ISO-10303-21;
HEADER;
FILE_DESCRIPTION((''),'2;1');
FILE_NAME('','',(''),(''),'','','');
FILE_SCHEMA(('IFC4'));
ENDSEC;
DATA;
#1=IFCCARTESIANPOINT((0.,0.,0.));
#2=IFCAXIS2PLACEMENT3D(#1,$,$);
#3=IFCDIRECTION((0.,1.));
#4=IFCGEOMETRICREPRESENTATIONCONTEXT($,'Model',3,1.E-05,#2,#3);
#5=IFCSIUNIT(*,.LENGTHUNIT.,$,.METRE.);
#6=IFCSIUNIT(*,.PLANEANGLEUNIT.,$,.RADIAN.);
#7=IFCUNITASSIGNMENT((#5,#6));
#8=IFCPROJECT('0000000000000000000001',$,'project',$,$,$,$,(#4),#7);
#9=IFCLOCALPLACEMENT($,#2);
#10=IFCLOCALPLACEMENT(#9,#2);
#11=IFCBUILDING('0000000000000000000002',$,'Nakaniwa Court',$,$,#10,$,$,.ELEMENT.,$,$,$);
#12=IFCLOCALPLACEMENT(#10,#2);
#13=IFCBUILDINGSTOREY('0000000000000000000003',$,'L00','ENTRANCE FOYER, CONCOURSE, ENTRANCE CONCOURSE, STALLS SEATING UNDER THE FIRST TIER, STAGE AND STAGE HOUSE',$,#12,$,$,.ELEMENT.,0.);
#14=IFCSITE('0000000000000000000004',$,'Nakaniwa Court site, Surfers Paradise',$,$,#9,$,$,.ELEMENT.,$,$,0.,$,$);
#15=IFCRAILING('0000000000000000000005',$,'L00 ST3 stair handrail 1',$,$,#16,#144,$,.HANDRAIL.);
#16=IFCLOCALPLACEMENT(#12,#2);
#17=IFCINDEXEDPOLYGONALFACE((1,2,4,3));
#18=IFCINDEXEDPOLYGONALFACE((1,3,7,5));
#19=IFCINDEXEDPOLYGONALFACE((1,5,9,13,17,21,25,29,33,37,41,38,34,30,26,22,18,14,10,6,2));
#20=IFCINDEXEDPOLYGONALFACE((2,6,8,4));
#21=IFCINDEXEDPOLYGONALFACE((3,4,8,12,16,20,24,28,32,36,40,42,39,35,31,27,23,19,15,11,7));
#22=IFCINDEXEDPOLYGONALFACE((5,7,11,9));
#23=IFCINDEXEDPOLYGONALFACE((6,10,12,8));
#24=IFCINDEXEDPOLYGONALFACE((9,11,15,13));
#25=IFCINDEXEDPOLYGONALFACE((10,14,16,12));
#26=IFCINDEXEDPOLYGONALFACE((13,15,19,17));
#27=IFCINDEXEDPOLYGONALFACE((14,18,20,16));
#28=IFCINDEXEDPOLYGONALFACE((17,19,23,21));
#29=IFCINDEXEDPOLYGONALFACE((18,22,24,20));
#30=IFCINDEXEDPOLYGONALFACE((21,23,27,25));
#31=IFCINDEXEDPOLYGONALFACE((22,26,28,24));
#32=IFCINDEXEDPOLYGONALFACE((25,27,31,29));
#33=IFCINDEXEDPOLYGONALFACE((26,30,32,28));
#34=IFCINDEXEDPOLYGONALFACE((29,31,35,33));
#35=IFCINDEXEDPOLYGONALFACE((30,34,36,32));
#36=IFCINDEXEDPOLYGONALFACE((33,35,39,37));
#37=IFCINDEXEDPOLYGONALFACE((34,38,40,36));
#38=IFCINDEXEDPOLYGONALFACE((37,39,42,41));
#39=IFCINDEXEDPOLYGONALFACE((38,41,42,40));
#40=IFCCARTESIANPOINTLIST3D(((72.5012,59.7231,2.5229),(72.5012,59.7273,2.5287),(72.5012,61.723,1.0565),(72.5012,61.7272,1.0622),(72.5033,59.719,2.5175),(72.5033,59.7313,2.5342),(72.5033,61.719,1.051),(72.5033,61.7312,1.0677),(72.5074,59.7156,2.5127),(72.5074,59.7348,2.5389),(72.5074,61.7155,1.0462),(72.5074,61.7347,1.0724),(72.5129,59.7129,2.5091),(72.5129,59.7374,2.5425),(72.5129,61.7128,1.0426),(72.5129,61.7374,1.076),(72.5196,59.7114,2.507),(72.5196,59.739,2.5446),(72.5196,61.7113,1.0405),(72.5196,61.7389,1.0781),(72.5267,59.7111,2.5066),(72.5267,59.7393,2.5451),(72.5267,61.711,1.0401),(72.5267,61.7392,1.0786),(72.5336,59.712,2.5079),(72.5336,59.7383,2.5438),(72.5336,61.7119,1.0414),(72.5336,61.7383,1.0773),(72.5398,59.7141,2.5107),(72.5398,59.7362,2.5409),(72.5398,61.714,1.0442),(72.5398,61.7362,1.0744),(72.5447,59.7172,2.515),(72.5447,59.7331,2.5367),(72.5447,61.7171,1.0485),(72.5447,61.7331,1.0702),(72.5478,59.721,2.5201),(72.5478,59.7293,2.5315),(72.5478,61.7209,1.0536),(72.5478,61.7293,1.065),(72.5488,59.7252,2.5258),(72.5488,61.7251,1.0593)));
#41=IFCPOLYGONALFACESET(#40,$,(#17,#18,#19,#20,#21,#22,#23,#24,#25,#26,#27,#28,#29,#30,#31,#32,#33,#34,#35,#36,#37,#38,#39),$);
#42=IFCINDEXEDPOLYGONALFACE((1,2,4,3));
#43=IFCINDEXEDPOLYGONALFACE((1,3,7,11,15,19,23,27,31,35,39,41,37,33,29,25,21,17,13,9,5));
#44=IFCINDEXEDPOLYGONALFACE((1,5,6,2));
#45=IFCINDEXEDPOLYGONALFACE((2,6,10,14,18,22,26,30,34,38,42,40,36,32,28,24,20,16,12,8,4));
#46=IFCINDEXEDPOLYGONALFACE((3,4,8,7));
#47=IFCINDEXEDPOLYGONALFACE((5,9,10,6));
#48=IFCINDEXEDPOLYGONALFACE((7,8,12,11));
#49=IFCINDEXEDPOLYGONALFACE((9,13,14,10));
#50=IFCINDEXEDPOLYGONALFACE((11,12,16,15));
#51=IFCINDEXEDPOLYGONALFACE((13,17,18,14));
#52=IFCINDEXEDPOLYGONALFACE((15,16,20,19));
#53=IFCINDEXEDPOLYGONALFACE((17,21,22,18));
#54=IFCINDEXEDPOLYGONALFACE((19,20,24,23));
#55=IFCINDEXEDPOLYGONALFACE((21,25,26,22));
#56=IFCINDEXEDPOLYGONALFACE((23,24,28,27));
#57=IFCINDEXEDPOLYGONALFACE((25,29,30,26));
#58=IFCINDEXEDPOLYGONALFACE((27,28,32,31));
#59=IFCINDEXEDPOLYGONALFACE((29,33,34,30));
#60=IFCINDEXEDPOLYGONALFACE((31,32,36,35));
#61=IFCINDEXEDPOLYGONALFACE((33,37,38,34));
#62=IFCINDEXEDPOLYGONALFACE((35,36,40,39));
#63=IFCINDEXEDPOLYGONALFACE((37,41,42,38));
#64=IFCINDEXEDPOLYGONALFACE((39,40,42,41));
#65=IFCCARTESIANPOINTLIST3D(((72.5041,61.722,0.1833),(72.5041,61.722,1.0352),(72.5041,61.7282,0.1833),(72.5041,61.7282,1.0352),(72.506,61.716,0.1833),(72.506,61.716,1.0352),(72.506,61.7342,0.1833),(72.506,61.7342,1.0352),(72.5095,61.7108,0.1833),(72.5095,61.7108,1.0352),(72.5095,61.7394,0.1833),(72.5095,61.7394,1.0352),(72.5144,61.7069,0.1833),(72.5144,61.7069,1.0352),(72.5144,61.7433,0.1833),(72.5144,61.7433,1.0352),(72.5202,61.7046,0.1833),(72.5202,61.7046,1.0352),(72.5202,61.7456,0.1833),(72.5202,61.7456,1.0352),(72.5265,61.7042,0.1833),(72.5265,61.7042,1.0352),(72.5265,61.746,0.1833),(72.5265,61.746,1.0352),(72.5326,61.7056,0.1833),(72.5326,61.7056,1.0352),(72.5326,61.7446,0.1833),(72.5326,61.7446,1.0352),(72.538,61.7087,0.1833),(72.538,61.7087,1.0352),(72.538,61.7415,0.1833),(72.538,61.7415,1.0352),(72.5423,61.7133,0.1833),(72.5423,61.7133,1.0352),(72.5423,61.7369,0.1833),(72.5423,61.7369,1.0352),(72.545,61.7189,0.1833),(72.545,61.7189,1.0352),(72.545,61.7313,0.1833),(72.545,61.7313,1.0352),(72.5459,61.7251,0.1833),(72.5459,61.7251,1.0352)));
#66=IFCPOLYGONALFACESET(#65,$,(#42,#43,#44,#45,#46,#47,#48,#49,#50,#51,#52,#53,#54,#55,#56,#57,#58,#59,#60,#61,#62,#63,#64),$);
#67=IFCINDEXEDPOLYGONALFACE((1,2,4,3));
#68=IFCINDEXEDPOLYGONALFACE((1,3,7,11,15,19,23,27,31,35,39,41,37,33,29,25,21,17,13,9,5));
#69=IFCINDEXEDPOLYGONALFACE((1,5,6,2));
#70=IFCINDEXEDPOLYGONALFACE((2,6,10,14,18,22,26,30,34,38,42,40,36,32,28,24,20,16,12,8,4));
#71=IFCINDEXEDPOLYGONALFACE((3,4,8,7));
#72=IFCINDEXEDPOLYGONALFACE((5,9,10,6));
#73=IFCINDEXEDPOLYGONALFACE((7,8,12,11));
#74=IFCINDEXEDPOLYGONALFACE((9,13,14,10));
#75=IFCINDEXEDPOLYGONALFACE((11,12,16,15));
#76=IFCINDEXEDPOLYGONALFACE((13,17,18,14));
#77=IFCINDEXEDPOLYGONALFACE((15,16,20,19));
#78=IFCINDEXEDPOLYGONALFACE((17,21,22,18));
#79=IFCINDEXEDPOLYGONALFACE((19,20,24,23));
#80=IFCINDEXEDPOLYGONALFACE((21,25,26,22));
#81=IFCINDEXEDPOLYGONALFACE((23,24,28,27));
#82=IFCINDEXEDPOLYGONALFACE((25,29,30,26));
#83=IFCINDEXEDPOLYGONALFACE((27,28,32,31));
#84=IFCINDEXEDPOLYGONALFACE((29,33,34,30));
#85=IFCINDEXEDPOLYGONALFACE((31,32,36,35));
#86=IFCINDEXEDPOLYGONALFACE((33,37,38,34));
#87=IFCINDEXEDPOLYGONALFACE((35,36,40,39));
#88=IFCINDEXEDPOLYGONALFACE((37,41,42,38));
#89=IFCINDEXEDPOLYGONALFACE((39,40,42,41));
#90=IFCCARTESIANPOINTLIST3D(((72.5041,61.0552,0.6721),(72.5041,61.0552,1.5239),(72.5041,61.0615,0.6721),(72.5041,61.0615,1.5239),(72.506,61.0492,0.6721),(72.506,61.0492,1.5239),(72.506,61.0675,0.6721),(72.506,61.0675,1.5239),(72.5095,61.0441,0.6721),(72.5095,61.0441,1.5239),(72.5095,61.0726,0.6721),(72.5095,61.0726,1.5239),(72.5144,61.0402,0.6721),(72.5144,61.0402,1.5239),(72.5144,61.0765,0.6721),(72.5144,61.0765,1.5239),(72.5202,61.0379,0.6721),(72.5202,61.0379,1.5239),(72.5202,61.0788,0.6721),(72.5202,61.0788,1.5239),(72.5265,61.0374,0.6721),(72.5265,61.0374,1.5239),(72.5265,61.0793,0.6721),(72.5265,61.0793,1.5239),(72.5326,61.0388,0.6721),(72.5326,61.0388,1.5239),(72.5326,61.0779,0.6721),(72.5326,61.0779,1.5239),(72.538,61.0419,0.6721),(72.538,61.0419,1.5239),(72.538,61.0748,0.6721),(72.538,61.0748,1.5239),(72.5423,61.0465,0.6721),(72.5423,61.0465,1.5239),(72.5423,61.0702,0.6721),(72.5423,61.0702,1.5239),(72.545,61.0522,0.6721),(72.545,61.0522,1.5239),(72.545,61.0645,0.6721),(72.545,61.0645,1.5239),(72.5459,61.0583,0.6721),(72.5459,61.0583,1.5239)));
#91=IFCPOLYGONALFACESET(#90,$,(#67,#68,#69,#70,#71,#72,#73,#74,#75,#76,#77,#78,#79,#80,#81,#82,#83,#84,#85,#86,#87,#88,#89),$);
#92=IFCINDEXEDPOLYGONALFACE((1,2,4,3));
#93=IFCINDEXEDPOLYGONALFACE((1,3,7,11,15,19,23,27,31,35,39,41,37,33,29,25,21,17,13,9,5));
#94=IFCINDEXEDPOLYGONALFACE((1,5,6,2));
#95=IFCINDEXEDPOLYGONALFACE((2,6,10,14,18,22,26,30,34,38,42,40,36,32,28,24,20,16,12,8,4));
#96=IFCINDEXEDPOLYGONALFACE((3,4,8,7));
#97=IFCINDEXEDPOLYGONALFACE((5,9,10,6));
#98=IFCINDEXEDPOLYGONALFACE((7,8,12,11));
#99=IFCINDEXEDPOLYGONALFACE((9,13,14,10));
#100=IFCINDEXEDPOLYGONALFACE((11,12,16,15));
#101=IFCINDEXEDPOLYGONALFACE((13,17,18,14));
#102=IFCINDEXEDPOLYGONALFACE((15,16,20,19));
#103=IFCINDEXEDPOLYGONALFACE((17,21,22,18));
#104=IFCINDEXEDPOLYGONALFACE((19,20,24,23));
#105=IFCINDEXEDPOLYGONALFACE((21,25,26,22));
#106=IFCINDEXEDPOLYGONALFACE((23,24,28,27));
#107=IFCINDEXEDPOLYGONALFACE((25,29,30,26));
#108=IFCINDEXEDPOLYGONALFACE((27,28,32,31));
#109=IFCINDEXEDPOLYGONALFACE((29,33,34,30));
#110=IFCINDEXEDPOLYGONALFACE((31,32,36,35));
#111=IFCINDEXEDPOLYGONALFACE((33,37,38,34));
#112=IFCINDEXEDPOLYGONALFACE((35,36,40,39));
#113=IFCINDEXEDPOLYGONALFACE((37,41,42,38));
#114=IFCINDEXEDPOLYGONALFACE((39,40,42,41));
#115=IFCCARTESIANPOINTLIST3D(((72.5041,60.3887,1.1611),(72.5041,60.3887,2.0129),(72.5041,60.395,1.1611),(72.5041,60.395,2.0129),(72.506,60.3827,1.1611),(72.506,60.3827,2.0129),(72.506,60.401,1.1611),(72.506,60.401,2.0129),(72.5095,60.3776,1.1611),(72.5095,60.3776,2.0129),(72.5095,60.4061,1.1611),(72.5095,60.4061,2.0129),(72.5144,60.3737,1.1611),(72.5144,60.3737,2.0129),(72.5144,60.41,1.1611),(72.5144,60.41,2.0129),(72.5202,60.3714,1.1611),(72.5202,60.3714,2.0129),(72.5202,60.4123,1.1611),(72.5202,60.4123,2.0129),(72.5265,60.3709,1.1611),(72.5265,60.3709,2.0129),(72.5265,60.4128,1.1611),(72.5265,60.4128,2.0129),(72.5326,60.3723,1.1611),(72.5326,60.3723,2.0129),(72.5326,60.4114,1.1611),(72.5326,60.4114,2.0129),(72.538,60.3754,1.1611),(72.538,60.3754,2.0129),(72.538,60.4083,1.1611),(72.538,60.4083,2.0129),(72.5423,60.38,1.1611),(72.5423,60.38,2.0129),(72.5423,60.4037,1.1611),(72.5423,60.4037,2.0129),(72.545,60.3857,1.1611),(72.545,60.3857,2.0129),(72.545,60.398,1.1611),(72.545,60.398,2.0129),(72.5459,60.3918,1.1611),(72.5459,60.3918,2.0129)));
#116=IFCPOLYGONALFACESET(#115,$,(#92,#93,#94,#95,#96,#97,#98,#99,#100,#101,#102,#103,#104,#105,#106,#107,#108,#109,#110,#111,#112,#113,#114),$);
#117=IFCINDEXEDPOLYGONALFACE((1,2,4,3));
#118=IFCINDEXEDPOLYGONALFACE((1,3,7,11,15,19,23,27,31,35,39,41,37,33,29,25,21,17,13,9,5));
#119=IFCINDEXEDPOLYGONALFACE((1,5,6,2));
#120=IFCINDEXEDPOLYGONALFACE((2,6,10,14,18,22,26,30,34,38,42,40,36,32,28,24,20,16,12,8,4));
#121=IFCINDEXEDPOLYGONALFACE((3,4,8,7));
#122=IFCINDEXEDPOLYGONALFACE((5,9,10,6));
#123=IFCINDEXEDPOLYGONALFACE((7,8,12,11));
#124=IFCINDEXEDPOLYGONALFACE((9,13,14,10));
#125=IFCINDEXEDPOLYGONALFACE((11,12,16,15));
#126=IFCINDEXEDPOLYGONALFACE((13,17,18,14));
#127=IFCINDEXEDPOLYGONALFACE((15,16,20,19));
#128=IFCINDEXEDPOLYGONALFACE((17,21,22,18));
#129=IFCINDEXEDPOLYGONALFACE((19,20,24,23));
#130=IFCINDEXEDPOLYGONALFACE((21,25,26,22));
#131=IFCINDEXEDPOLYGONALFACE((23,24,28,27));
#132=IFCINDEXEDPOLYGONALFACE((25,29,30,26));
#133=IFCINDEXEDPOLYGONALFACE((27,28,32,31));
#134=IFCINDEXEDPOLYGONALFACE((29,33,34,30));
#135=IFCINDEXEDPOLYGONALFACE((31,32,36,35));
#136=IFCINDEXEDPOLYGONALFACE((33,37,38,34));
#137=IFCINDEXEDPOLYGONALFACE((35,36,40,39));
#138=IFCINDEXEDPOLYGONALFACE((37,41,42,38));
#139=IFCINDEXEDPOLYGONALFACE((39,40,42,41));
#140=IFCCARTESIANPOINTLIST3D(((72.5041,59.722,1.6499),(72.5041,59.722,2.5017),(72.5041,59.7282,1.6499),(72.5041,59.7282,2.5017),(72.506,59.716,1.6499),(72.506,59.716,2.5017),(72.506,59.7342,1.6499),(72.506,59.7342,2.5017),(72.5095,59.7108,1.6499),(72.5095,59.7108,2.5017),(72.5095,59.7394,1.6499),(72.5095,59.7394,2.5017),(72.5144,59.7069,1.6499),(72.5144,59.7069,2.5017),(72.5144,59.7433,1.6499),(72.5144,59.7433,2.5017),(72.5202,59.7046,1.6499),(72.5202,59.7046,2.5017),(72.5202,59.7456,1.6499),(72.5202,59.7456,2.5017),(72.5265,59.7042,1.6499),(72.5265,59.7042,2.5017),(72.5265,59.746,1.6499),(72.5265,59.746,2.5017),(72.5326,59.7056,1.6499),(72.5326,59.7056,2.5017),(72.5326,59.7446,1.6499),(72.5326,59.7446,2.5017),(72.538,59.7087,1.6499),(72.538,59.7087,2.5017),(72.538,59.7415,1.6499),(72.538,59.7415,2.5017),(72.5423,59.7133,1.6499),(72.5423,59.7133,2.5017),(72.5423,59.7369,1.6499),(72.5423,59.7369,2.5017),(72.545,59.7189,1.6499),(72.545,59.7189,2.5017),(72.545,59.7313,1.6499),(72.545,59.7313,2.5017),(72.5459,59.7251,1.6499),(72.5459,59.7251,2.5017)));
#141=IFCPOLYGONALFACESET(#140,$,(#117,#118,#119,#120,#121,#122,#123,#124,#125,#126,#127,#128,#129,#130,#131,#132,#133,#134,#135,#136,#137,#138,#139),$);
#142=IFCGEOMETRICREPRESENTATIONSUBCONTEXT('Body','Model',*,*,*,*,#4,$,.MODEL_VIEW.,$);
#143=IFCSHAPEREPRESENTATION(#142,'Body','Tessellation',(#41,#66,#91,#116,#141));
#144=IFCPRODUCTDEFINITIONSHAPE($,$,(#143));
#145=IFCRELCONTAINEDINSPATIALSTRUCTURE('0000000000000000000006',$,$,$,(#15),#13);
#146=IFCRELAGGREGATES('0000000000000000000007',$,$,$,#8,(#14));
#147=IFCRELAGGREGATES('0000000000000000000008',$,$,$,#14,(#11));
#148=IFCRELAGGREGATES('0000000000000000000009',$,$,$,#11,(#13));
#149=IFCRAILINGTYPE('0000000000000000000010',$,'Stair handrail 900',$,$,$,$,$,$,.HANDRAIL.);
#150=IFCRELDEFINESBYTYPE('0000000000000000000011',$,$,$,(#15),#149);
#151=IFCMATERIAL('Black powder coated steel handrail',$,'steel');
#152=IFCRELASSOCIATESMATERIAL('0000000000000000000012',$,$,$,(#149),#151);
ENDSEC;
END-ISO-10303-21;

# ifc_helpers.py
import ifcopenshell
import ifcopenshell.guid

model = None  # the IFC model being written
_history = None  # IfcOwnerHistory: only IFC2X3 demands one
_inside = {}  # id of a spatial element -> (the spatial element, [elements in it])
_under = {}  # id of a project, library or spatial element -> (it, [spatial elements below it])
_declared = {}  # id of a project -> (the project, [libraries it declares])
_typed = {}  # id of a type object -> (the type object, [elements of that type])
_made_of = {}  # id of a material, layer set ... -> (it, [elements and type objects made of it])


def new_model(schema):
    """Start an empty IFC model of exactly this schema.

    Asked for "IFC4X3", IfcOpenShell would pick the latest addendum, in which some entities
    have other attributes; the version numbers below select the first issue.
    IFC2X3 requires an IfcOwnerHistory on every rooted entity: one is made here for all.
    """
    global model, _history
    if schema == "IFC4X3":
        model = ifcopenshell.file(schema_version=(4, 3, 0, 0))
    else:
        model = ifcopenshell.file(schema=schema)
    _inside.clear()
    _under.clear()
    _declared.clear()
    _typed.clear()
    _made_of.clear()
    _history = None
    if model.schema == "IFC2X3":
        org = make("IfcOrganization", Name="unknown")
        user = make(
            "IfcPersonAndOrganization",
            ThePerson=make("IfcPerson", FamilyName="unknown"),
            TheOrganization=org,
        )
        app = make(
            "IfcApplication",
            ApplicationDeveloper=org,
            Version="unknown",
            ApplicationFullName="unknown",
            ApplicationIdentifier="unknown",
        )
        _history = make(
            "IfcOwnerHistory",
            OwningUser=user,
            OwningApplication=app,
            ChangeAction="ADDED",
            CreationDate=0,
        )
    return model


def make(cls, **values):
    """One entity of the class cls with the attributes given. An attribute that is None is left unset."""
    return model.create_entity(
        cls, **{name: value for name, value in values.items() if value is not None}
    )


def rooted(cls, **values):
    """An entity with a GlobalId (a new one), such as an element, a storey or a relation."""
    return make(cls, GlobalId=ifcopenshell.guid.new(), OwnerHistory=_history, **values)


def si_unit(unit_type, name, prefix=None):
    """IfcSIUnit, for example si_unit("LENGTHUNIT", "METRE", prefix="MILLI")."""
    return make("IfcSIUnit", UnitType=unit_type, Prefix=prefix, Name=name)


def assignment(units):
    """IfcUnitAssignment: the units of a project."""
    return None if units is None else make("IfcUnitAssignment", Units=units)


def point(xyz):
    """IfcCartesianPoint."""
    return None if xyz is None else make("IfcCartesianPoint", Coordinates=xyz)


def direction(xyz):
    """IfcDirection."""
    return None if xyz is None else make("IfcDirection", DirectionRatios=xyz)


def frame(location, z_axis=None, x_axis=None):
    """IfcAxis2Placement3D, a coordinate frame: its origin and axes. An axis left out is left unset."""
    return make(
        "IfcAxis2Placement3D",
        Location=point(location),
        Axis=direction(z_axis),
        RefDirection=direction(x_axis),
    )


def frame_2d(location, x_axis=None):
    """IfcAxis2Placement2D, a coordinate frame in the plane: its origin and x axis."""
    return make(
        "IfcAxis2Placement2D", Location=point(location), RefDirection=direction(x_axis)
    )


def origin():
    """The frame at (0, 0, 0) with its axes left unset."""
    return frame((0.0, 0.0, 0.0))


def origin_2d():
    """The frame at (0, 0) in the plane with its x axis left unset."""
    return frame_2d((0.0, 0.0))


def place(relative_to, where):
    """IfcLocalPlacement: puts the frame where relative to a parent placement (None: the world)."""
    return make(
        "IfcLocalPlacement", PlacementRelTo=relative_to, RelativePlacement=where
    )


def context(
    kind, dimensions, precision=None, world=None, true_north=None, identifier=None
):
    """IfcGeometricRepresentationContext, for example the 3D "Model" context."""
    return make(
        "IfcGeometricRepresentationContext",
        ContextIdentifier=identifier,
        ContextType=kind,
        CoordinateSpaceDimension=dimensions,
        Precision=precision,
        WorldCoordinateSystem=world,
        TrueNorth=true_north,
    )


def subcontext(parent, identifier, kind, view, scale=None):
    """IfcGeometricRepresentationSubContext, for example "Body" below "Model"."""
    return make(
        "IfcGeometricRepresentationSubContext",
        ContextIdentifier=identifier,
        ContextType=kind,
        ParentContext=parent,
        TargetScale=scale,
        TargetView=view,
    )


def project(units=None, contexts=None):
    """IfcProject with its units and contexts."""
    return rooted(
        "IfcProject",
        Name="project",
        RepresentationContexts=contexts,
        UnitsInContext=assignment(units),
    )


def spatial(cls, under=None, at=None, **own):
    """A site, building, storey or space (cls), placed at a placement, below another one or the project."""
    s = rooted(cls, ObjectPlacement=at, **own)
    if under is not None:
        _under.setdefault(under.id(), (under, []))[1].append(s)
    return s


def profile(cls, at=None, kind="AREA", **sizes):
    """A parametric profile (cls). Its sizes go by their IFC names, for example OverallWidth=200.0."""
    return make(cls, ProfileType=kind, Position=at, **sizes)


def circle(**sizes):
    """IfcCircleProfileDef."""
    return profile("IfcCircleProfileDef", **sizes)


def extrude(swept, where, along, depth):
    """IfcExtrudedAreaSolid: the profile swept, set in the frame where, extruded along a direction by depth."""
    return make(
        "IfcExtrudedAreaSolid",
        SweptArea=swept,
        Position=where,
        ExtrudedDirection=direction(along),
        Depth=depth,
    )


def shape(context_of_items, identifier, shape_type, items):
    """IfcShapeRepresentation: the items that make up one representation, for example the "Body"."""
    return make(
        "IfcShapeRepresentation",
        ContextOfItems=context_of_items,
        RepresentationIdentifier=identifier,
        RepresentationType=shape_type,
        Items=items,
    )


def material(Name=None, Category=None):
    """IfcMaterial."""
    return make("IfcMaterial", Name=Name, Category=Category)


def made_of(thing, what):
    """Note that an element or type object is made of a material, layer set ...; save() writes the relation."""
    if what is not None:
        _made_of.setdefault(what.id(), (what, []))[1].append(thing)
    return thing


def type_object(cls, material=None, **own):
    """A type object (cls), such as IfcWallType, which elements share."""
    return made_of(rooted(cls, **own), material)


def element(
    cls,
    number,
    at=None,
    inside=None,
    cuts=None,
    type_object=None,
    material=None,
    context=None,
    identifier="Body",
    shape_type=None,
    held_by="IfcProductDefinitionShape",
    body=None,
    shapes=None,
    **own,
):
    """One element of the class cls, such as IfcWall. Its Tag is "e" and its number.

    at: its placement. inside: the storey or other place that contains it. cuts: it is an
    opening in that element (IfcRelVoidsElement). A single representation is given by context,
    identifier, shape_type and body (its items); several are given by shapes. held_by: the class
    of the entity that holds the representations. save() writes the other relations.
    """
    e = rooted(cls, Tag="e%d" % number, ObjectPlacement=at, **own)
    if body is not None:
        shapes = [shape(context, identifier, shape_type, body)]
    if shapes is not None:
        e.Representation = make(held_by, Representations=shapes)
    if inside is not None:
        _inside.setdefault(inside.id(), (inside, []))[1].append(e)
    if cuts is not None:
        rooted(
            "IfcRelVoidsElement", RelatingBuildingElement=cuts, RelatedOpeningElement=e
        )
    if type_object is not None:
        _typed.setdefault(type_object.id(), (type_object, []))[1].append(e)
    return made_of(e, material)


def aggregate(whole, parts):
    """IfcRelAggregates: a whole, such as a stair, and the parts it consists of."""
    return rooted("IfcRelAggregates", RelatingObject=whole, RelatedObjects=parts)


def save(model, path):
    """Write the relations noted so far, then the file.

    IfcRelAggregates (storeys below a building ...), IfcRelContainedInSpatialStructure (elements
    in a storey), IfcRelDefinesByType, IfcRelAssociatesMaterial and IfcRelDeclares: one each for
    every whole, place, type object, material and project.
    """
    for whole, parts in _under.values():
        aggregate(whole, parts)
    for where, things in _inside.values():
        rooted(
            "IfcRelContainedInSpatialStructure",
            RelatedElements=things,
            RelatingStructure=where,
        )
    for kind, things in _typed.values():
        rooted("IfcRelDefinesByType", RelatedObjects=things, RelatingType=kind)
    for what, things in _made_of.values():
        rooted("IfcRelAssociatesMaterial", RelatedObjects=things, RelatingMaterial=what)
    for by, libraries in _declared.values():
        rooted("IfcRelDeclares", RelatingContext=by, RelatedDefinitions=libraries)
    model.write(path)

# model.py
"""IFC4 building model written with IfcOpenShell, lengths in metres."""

from ifc_helpers import new_model, si_unit, direction, frame, origin, origin_2d, place, context, subcontext, project, spatial, circle, extrude, material, type_object, element, save


model = new_model("IFC4")

# Units and contexts
model_context = context("Model", 3, precision=1e-05, world=origin(), true_north=direction((0.0, 1.0)))
body_context = subcontext(model_context, "Body", "Model", "MODEL_VIEW")
ifc_project = project(units=[si_unit("LENGTHUNIT", "METRE"), si_unit("PLANEANGLEUNIT", "RADIAN")], contexts=[model_context])

# Site, building, storey
site_placement = place(None, origin())
site = spatial("IfcSite", under=ifc_project, at=site_placement, Name="Nakaniwa Court site, Surfers Paradise", CompositionType="ELEMENT", RefElevation=0.0)
building_placement = place(site_placement, origin())
building = spatial("IfcBuilding", under=site, at=building_placement, Name="Nakaniwa Court", CompositionType="ELEMENT")
storey_placement = place(building_placement, origin())
storey = spatial("IfcBuildingStorey", under=building, at=storey_placement, Name="L00", Description="ENTRANCE FOYER, CONCOURSE, ENTRANCE CONCOURSE, STALLS SEATING UNDER THE FIRST TIER, STAGE AND STAGE HOUSE", CompositionType="ELEMENT", Elevation=0.0)

# Railing
ifc_material_1 = material(Name="Black powder coated steel handrail", Category="steel")
railing_type_1 = type_object("IfcRailingType", Name="Stair handrail 900", PredefinedType="HANDRAIL", material=ifc_material_1)
for number, where, name in (
    (1, (72.5249, 61.7251, 0.1833), "L00 ST3 stair handrail 1"),
):
    element("IfcRailing", number, at=place(storey_placement, frame(where)), inside=storey, type_object=railing_type_1, Name=name, PredefinedType="HANDRAIL", context=body_context, shape_type="SweptSolid", body=[
        extrude(circle(Radius=0.0239, at=origin_2d()), frame((0.0, 0.0, 0.876), z_axis=(0.0, -0.806427, 0.591334), x_axis=(1.0, 0.0, 0.0)), (0.0, 0.0, 1.0), 2.48),
        extrude(circle(Radius=0.021, at=origin_2d()), origin(), (0.0, 0.0, 1.0), 0.8518),
        extrude(circle(Radius=0.021, at=origin_2d()), frame((0.0, -0.6667, 0.4888)), (0.0, 0.0, 1.0), 0.8518),
        extrude(circle(Radius=0.021, at=origin_2d()), frame((0.0, -1.3333, 0.9778)), (0.0, 0.0, 1.0), 0.8518),
        extrude(circle(Radius=0.021, at=origin_2d()), frame((0.0, -2.0, 1.4666)), (0.0, 0.0, 1.0), 0.8518),
    ])

save(model, "model.ifc")
